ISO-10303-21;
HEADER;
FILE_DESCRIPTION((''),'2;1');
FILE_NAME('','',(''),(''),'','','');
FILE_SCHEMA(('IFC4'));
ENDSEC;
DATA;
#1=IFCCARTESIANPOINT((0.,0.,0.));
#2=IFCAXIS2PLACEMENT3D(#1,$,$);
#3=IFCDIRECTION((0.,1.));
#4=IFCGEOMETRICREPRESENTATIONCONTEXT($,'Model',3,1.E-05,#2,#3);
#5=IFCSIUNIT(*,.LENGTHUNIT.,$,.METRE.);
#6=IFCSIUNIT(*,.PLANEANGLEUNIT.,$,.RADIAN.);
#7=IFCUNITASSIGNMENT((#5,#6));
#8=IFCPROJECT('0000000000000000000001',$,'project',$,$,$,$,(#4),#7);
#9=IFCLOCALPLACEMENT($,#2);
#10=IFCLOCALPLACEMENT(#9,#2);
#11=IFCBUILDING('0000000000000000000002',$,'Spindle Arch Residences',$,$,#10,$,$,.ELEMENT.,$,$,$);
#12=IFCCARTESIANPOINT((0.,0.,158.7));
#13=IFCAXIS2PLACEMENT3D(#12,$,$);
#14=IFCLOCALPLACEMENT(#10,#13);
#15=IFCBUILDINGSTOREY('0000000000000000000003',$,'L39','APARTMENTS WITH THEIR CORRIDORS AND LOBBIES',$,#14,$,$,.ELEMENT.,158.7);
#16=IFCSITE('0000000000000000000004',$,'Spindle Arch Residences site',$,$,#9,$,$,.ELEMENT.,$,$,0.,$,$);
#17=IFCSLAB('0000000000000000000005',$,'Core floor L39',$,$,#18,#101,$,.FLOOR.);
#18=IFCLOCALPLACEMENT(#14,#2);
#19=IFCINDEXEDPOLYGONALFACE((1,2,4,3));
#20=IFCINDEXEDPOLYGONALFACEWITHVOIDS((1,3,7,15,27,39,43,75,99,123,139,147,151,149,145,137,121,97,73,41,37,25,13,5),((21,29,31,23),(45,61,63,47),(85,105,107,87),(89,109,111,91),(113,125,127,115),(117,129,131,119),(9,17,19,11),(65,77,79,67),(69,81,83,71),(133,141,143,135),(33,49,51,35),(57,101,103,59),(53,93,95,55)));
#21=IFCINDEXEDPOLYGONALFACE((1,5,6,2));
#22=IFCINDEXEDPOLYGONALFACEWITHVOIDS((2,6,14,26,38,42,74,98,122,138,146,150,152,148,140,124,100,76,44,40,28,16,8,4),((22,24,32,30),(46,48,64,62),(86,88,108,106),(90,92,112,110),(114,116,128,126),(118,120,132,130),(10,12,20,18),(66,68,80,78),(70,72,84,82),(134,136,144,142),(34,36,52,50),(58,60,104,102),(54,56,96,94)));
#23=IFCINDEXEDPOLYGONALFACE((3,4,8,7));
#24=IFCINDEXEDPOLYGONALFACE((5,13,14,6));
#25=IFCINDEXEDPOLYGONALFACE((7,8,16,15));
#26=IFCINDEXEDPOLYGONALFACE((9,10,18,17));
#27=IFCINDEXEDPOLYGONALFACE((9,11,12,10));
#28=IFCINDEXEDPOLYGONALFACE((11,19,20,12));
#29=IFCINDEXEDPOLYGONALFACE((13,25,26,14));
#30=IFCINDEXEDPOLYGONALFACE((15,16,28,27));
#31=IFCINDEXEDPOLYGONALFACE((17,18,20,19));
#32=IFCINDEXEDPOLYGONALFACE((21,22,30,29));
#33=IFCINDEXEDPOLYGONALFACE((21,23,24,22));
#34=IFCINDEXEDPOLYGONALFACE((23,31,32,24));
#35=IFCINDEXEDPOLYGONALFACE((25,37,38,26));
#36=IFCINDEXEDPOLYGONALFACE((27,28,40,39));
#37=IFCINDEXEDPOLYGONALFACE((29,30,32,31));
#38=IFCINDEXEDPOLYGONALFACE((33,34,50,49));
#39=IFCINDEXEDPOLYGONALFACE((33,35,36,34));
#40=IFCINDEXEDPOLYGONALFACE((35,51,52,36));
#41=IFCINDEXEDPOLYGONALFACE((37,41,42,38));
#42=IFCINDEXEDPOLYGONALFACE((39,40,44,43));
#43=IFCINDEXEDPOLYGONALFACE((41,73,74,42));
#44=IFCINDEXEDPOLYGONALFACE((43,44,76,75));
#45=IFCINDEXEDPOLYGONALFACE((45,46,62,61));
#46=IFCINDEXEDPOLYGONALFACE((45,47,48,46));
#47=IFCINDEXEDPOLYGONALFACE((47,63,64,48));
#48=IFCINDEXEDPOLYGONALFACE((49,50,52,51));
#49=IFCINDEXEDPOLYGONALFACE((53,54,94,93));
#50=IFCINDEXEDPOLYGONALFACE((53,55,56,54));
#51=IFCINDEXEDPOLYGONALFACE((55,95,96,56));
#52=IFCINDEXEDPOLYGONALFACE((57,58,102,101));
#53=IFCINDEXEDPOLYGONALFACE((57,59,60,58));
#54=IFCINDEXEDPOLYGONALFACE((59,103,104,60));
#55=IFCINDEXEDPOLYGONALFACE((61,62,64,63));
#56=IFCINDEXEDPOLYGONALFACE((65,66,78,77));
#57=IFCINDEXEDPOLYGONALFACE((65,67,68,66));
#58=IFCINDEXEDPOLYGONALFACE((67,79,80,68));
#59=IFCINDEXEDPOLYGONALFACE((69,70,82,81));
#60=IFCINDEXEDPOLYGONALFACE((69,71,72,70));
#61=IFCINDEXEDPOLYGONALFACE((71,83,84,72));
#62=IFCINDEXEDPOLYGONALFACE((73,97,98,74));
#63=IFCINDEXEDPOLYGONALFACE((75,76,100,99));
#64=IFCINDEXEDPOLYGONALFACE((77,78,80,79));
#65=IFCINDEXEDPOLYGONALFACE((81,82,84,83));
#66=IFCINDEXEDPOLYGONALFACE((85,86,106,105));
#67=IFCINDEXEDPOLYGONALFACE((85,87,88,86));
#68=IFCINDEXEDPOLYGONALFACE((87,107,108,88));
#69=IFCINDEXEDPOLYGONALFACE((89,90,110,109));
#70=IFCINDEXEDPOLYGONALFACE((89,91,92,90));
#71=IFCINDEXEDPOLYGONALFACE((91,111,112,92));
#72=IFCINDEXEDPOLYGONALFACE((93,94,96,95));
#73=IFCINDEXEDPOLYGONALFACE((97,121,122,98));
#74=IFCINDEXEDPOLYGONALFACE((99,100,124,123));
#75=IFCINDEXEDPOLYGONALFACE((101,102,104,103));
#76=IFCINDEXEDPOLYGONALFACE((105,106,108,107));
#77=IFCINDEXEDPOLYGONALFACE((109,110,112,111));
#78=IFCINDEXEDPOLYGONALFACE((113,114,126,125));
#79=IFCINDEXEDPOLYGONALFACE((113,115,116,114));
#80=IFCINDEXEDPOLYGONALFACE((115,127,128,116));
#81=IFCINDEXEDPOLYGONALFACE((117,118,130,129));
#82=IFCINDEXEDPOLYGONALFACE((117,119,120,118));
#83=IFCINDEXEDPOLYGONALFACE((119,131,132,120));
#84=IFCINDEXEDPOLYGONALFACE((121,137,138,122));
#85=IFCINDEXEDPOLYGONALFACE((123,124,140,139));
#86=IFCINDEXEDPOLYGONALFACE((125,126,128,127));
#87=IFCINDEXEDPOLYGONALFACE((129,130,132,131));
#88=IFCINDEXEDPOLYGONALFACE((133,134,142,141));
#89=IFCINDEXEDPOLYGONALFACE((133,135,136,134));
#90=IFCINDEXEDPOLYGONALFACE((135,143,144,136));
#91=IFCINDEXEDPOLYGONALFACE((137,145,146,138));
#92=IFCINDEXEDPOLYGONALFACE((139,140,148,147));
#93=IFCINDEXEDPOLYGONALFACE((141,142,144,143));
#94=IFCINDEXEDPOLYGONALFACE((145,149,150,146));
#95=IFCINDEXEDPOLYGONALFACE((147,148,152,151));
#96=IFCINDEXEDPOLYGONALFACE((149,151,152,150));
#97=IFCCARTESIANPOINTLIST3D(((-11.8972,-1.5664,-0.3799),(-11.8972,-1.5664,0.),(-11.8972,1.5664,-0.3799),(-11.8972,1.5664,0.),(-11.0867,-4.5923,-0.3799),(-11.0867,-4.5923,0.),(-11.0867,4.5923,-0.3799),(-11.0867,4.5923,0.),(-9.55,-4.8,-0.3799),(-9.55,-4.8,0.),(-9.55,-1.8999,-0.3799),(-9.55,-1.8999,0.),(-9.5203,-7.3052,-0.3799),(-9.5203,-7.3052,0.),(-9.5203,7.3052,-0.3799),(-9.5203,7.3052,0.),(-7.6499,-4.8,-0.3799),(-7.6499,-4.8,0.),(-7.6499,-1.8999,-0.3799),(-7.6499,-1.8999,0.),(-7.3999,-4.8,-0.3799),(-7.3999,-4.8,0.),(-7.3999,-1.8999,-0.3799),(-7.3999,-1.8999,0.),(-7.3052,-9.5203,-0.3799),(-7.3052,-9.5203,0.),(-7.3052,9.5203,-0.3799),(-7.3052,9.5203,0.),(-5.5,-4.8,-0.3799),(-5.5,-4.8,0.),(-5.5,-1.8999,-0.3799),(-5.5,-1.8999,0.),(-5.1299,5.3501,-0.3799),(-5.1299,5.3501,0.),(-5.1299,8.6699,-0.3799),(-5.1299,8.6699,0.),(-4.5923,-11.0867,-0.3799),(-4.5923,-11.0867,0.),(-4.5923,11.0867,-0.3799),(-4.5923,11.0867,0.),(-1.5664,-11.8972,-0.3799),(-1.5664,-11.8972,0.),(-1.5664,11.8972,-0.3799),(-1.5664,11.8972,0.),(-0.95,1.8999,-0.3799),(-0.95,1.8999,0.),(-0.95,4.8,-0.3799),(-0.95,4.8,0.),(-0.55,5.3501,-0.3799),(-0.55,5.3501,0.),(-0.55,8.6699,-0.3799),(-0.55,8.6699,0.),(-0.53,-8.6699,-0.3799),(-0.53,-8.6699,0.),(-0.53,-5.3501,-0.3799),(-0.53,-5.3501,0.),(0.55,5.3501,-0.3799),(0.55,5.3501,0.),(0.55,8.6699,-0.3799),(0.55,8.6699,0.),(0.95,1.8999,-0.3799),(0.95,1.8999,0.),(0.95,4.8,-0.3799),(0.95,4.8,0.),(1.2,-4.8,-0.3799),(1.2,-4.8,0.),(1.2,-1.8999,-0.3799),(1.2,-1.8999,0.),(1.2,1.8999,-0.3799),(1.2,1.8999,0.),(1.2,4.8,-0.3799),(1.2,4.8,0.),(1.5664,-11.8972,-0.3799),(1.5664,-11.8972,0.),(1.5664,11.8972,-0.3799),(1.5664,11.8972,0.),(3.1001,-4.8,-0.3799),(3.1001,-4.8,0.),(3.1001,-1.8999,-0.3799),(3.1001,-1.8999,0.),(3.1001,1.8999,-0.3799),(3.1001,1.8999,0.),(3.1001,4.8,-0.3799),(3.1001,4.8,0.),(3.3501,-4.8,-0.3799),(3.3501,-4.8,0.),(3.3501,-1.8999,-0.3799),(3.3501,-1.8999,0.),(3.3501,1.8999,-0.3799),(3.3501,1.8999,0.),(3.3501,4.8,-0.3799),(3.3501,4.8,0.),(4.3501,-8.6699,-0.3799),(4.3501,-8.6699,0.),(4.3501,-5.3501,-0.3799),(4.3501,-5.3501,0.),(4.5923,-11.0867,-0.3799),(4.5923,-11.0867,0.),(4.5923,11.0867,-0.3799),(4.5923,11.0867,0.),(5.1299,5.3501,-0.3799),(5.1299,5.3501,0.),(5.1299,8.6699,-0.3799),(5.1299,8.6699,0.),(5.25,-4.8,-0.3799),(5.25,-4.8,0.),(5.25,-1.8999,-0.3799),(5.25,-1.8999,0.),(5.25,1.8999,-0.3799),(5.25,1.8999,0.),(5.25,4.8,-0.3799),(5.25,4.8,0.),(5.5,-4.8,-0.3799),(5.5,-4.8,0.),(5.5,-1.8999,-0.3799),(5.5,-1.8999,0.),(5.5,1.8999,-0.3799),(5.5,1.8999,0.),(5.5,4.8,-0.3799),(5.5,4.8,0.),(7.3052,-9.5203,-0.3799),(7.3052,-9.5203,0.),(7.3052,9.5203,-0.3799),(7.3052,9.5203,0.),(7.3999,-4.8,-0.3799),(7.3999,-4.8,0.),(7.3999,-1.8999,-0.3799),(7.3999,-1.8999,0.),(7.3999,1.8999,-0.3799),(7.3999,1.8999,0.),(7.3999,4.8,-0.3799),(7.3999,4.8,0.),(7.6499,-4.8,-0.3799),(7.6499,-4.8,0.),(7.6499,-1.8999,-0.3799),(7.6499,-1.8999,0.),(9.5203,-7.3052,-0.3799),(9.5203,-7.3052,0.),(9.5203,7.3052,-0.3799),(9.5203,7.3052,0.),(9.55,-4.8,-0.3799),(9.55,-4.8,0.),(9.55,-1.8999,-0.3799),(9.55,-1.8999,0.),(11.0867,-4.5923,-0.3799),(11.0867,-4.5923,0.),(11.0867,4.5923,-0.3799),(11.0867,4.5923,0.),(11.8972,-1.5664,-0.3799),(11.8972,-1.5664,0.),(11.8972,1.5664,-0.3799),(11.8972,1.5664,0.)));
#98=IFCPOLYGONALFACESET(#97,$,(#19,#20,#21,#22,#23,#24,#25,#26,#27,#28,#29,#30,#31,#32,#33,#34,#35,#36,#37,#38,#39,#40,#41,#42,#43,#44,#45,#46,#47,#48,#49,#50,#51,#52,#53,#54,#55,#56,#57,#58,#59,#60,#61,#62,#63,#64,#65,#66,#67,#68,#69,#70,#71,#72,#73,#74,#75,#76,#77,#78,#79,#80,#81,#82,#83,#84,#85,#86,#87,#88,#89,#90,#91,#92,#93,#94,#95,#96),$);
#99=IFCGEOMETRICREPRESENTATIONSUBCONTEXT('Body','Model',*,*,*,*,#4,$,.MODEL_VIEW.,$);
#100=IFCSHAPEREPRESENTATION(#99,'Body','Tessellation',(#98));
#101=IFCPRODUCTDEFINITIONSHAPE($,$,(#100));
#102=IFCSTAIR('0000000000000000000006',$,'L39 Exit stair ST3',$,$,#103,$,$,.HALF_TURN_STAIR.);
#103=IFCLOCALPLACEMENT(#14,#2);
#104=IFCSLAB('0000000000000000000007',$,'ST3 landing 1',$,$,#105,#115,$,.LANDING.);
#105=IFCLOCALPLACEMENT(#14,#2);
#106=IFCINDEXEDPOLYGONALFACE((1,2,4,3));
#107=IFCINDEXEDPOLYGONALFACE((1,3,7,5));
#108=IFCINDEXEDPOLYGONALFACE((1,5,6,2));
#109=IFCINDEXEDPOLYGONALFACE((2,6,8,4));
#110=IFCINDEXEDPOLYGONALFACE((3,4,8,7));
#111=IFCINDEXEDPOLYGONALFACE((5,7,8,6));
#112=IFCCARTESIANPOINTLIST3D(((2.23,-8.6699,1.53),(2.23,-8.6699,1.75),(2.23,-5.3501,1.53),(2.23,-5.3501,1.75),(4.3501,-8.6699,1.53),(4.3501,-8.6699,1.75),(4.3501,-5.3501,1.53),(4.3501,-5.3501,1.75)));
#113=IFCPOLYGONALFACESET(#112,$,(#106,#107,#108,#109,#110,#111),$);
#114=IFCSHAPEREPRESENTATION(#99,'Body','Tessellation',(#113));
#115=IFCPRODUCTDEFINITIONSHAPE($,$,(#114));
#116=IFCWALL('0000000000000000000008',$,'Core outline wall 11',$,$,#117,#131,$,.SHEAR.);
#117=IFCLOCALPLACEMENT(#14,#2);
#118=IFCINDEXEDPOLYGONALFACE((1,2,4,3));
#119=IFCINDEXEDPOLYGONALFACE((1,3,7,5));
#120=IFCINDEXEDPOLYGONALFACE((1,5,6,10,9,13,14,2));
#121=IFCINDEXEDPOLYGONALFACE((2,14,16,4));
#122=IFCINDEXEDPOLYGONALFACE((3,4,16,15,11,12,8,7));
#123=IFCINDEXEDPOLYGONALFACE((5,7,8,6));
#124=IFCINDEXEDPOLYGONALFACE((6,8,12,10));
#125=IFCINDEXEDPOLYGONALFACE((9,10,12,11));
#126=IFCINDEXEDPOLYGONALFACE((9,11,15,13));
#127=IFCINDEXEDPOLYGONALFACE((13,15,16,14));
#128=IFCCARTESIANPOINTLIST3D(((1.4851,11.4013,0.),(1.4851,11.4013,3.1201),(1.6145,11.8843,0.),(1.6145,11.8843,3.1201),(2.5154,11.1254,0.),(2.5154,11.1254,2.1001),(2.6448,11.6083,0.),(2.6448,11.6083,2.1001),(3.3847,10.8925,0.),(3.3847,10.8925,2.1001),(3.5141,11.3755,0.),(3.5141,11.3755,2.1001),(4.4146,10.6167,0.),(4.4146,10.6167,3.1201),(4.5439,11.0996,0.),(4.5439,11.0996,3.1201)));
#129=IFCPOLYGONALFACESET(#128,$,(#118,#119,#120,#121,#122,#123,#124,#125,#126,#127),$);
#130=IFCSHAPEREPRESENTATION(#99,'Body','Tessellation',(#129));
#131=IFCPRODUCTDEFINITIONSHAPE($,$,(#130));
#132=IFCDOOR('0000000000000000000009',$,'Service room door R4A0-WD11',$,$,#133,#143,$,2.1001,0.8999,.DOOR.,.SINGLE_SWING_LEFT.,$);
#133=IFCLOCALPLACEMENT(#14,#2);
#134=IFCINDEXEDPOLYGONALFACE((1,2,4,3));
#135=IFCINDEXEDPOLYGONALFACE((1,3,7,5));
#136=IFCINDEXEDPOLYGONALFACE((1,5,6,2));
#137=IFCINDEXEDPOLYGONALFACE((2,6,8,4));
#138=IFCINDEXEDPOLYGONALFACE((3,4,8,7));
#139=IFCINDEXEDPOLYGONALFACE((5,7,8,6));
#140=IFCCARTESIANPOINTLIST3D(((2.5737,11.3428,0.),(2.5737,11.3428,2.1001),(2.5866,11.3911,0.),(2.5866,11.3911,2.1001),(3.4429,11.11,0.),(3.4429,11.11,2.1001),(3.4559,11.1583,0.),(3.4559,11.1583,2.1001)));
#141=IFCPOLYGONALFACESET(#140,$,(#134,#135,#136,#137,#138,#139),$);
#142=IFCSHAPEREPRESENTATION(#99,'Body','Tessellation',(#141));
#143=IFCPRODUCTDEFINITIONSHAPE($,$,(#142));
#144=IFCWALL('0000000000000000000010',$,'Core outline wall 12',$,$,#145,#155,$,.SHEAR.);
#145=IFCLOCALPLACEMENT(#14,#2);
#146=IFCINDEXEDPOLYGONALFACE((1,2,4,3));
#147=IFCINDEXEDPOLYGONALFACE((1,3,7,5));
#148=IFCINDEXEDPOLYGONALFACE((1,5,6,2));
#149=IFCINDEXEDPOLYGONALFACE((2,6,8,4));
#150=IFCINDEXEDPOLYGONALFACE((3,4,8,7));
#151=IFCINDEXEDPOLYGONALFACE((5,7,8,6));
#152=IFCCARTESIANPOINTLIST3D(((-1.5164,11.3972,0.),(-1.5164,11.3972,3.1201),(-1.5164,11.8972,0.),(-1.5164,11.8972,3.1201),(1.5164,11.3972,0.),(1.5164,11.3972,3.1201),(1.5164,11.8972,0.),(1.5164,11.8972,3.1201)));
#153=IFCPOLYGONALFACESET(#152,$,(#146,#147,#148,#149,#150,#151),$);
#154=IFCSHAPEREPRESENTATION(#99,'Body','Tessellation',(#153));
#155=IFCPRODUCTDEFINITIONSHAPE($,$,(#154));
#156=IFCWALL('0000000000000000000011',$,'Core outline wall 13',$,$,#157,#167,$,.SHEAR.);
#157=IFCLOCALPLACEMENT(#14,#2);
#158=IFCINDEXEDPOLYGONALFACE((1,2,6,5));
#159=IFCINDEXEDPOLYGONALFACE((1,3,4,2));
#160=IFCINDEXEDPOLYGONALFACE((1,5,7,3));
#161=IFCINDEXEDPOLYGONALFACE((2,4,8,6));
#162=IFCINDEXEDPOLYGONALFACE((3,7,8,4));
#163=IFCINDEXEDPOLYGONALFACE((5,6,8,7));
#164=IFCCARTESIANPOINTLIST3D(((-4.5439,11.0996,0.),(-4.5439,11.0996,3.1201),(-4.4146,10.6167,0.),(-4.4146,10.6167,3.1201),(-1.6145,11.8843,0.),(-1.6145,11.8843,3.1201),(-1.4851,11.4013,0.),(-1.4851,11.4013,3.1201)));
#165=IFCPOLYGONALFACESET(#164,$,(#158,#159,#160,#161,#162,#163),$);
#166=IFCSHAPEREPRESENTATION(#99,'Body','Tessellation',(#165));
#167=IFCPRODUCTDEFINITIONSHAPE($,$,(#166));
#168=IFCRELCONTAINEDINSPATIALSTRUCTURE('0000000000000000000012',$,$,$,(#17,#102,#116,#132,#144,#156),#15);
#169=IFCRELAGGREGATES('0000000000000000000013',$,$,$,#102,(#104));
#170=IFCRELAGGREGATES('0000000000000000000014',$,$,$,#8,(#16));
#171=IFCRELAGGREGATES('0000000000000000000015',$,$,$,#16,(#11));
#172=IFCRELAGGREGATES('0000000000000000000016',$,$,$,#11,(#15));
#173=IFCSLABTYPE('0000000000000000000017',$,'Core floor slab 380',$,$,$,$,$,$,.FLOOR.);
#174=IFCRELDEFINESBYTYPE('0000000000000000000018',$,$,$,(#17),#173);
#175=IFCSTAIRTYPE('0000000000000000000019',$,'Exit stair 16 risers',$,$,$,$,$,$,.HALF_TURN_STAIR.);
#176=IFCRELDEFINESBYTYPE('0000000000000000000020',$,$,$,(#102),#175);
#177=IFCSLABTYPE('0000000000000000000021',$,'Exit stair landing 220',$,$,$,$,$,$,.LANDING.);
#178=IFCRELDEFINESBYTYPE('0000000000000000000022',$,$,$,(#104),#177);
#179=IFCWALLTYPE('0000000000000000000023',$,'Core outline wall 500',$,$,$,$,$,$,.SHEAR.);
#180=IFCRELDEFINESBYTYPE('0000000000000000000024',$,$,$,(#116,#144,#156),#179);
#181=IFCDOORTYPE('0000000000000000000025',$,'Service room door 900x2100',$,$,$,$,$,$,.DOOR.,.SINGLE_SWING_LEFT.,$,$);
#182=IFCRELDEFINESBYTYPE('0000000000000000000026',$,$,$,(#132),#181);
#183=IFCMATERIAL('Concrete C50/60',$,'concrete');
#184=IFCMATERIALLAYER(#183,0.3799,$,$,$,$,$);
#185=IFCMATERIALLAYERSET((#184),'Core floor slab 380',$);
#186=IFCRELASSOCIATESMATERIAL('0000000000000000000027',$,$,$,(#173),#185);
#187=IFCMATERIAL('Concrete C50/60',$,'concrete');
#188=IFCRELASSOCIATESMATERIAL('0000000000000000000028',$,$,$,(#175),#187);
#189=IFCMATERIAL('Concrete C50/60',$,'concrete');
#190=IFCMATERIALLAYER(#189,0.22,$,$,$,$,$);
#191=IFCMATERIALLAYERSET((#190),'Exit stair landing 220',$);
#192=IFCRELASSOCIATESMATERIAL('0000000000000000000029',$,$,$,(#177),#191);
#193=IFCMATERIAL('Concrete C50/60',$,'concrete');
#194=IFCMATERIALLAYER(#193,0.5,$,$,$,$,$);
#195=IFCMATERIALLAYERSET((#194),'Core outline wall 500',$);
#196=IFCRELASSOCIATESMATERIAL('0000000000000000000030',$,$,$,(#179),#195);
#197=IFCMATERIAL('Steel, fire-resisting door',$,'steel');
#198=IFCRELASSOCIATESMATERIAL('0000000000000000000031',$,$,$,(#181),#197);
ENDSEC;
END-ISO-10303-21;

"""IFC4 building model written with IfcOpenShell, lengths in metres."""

from ifc_helpers import new_model, si_unit, direction, frame, frame_2d, origin, place, context, subcontext, project, spatial, polyline, rectangle, outline, extrude, material, layer, layer_set, type_object, element, fill, aggregate, save


model = new_model("IFC4")

# Units and contexts
model_context = context("Model", 3, precision=1e-05, world=origin(), true_north=direction((0.0, 1.0)))
body_context = subcontext(model_context, "Body", "Model", "MODEL_VIEW")
ifc_project = project(units=[si_unit("LENGTHUNIT", "METRE"), si_unit("PLANEANGLEUNIT", "RADIAN")], contexts=[model_context])

# Site, building, storey
site_placement = place(None, origin())
site = spatial("IfcSite", under=ifc_project, at=site_placement, Name="Spindle Arch Residences site", CompositionType="ELEMENT", RefElevation=0.0)
building_placement = place(site_placement, origin())
building = spatial("IfcBuilding", under=site, at=building_placement, Name="Spindle Arch Residences", CompositionType="ELEMENT")
storey_placement = place(building_placement, frame((0.0, 0.0, 158.7)))
storey = spatial("IfcBuildingStorey", under=building, at=storey_placement, Name="L39", Description="APARTMENTS WITH THEIR CORRIDORS AND LOBBIES", CompositionType="ELEMENT", Elevation=158.7)

# Slab
ifc_material_1 = material(Name="Concrete C50/60", Category="concrete")
ifc_layer_1 = layer(ifc_material_1, 0.3799)
ifc_layer_set_1 = layer_set([ifc_layer_1], Name="Core floor slab 380")
slab_type_1 = type_object("IfcSlabType", Name="Core floor slab 380", PredefinedType="FLOOR", material=ifc_layer_set_1)
slab_1_placement = place(storey_placement, frame((0.0, 0.0, -0.3799)))
element("IfcSlab", 1, at=slab_1_placement, inside=storey, type_object=slab_type_1, Name="Core floor L39", PredefinedType="FLOOR", context=body_context, shape_type="SweptSolid", body=[
    extrude(outline(polyline([(1.5664, -11.8972), (4.5923, -11.0867), (7.3052, -9.5203), (9.5203, -7.3052), (11.0867, -4.5923), (11.8972, -1.5664), (11.8972, 1.5664), (11.0867, 4.5923), (9.5203, 7.3052), (7.3052, 9.5203), (4.5923, 11.0867), (1.5664, 11.8972), (-1.5664, 11.8972), (-4.5923, 11.0867), (-7.3052, 9.5203), (-9.5203, 7.3052), (-11.0867, 4.5923), (-11.8972, 1.5664), (-11.8972, -1.5664), (-11.0867, -4.5923), (-9.5203, -7.3052), (-7.3052, -9.5203), (-4.5923, -11.0867), (-1.5664, -11.8972), (1.5664, -11.8972)]), holes=[polyline([(-0.95, 1.8999), (0.95, 1.8999), (0.95, 4.8), (-0.95, 4.8), (-0.95, 1.8999)]), polyline([(1.2, 1.8999), (3.1001, 1.8999), (3.1001, 4.8), (1.2, 4.8), (1.2, 1.8999)]), polyline([(3.3501, 1.8999), (5.25, 1.8999), (5.25, 4.8), (3.3501, 4.8), (3.3501, 1.8999)]), polyline([(5.5, 1.8999), (7.3999, 1.8999), (7.3999, 4.8), (5.5, 4.8), (5.5, 1.8999)]), polyline([(-9.55, -4.8), (-7.6499, -4.8), (-7.6499, -1.8999), (-9.55, -1.8999), (-9.55, -4.8)]), polyline([(-7.3999, -4.8), (-5.5, -4.8), (-5.5, -1.8999), (-7.3999, -1.8999), (-7.3999, -4.8)]), polyline([(1.2, -4.8), (3.1001, -4.8), (3.1001, -1.8999), (1.2, -1.8999), (1.2, -4.8)]), polyline([(3.3501, -4.8), (5.25, -4.8), (5.25, -1.8999), (3.3501, -1.8999), (3.3501, -4.8)]), polyline([(5.5, -4.8), (7.3999, -4.8), (7.3999, -1.8999), (5.5, -1.8999), (5.5, -4.8)]), polyline([(7.6499, -4.8), (9.55, -4.8), (9.55, -1.8999), (7.6499, -1.8999), (7.6499, -4.8)]), polyline([(5.1299, 8.6699), (0.55, 8.6699), (0.55, 5.3501), (5.1299, 5.3501), (5.1299, 8.6699)]), polyline([(-5.1299, 5.3501), (-0.55, 5.3501), (-0.55, 8.6699), (-5.1299, 8.6699), (-5.1299, 5.3501)]), polyline([(-0.53, -8.6699), (4.3501, -8.6699), (4.3501, -5.3501), (-0.53, -5.3501), (-0.53, -8.6699)])]), origin(), (0.0, 0.0, 1.0), 0.3799),
])

# Stair, slab
ifc_material_2 = material(Name="Concrete C50/60", Category="concrete")
stair_type = type_object("IfcStairType", Name="Exit stair 16 risers", PredefinedType="HALF_TURN_STAIR", material=ifc_material_2)
stair_1_placement = place(storey_placement, origin())
stair_1 = element("IfcStair", 2, at=stair_1_placement, inside=storey, type_object=stair_type, Name="L39 Exit stair ST3", PredefinedType="HALF_TURN_STAIR")
ifc_material_3 = material(Name="Concrete C50/60", Category="concrete")
ifc_layer_2 = layer(ifc_material_3, 0.22)
ifc_layer_set_2 = layer_set([ifc_layer_2], Name="Exit stair landing 220")
slab_type_2 = type_object("IfcSlabType", Name="Exit stair landing 220", PredefinedType="LANDING", material=ifc_layer_set_2)
slab_2_placement = place(storey_placement, frame((0.0, 0.0, 1.53)))
slab_2 = element("IfcSlab", 3, at=slab_2_placement, type_object=slab_type_2, Name="ST3 landing 1", PredefinedType="LANDING", context=body_context, shape_type="SweptSolid", body=[
    extrude(outline(polyline([(2.23, -8.6699), (4.3501, -8.6699), (4.3501, -5.3501), (2.23, -5.3501), (2.23, -8.6699)])), origin(), (0.0, 0.0, 1.0), 0.22),
])
aggregate(stair_1, [slab_2])

# Wall, opening, door
ifc_material_4 = material(Name="Concrete C50/60", Category="concrete")
ifc_layer_3 = layer(ifc_material_4, 0.5)
ifc_layer_set_3 = layer_set([ifc_layer_3], Name="Core outline wall 500")
wall_type_1 = type_object("IfcWallType", Name="Core outline wall 500", PredefinedType="SHEAR", material=ifc_layer_set_3)
wall_1_placement = place(storey_placement, frame((4.4792, 10.8582, 0.0), z_axis=(0.0, 0.0, 1.0), x_axis=(-0.965948, 0.258735, 0.0)))
wall_1 = element("IfcWall", 4, at=wall_1_placement, inside=storey, type_object=wall_type_1, Name="Core outline wall 11", PredefinedType="SHEAR", context=body_context, shape_type="SweptSolid", body=[
    extrude(rectangle(XDim=3.0327, YDim=0.5, at=frame_2d((1.5164, 0.0))), origin(), (0.0, 0.0, 1.0), 3.1201),
])
opening_1_placement = place(wall_1_placement, frame((1.0662, 0.0, 0.0)))
opening_1 = element("IfcOpeningElement", 5, at=opening_1_placement, cuts=wall_1, PredefinedType="OPENING", context=body_context, shape_type="SweptSolid", body=[
    extrude(rectangle(XDim=0.8999, YDim=2.1001, at=frame_2d((0.45, 1.05))), frame((0.0, 0.26, 0.0), z_axis=(0.0, -1.0, 0.0), x_axis=(1.0, 0.0, 0.0)), (0.0, 0.0, 1.0), 0.52),
])
ifc_material_5 = material(Name="Steel, fire-resisting door", Category="steel")
door_type_1 = type_object("IfcDoorType", Name="Service room door 900x2100", OperationType="SINGLE_SWING_LEFT", PredefinedType="DOOR", material=ifc_material_5)
door_1_placement = place(opening_1_placement, origin())
door_1 = element("IfcDoor", 6, at=door_1_placement, inside=storey, type_object=door_type_1, Name="Service room door R4A0-WD11", OperationType="SINGLE_SWING_LEFT", OverallHeight=2.1001, OverallWidth=0.8999, PredefinedType="DOOR", context=body_context, shape_type="SweptSolid", body=[
    extrude(rectangle(XDim=0.8999, YDim=2.1001, at=frame_2d((0.45, 1.05))), frame((0.0, 0.0249, 0.0), z_axis=(0.0, -1.0, 0.0), x_axis=(1.0, 0.0, 0.0)), (0.0, 0.0, 1.0), 0.05),
])
fill(opening_1, door_1)

# Walls
for number, where, z_axis, x_axis, name in (
    (7, (1.5164, 11.6472, 0.0), (0.0, 0.0, 1.0), (-1.0, 0.0, 0.0), "Core outline wall 12"),
    (8, (-1.5498, 11.6428, 0.0), (0.0, 0.0, 1.0), (-0.965948, -0.258735, 0.0), "Core outline wall 13"),
):
    element("IfcWall", number, at=place(storey_placement, frame(where, z_axis=z_axis, x_axis=x_axis)), inside=storey, type_object=wall_type_1, Name=name, PredefinedType="SHEAR", context=body_context, shape_type="SweptSolid", body=[
        extrude(rectangle(XDim=3.0327, YDim=0.5, at=frame_2d((1.5164, 0.0))), origin(), (0.0, 0.0, 1.0), 3.1201),
    ])

save(model, "model.ifc")
